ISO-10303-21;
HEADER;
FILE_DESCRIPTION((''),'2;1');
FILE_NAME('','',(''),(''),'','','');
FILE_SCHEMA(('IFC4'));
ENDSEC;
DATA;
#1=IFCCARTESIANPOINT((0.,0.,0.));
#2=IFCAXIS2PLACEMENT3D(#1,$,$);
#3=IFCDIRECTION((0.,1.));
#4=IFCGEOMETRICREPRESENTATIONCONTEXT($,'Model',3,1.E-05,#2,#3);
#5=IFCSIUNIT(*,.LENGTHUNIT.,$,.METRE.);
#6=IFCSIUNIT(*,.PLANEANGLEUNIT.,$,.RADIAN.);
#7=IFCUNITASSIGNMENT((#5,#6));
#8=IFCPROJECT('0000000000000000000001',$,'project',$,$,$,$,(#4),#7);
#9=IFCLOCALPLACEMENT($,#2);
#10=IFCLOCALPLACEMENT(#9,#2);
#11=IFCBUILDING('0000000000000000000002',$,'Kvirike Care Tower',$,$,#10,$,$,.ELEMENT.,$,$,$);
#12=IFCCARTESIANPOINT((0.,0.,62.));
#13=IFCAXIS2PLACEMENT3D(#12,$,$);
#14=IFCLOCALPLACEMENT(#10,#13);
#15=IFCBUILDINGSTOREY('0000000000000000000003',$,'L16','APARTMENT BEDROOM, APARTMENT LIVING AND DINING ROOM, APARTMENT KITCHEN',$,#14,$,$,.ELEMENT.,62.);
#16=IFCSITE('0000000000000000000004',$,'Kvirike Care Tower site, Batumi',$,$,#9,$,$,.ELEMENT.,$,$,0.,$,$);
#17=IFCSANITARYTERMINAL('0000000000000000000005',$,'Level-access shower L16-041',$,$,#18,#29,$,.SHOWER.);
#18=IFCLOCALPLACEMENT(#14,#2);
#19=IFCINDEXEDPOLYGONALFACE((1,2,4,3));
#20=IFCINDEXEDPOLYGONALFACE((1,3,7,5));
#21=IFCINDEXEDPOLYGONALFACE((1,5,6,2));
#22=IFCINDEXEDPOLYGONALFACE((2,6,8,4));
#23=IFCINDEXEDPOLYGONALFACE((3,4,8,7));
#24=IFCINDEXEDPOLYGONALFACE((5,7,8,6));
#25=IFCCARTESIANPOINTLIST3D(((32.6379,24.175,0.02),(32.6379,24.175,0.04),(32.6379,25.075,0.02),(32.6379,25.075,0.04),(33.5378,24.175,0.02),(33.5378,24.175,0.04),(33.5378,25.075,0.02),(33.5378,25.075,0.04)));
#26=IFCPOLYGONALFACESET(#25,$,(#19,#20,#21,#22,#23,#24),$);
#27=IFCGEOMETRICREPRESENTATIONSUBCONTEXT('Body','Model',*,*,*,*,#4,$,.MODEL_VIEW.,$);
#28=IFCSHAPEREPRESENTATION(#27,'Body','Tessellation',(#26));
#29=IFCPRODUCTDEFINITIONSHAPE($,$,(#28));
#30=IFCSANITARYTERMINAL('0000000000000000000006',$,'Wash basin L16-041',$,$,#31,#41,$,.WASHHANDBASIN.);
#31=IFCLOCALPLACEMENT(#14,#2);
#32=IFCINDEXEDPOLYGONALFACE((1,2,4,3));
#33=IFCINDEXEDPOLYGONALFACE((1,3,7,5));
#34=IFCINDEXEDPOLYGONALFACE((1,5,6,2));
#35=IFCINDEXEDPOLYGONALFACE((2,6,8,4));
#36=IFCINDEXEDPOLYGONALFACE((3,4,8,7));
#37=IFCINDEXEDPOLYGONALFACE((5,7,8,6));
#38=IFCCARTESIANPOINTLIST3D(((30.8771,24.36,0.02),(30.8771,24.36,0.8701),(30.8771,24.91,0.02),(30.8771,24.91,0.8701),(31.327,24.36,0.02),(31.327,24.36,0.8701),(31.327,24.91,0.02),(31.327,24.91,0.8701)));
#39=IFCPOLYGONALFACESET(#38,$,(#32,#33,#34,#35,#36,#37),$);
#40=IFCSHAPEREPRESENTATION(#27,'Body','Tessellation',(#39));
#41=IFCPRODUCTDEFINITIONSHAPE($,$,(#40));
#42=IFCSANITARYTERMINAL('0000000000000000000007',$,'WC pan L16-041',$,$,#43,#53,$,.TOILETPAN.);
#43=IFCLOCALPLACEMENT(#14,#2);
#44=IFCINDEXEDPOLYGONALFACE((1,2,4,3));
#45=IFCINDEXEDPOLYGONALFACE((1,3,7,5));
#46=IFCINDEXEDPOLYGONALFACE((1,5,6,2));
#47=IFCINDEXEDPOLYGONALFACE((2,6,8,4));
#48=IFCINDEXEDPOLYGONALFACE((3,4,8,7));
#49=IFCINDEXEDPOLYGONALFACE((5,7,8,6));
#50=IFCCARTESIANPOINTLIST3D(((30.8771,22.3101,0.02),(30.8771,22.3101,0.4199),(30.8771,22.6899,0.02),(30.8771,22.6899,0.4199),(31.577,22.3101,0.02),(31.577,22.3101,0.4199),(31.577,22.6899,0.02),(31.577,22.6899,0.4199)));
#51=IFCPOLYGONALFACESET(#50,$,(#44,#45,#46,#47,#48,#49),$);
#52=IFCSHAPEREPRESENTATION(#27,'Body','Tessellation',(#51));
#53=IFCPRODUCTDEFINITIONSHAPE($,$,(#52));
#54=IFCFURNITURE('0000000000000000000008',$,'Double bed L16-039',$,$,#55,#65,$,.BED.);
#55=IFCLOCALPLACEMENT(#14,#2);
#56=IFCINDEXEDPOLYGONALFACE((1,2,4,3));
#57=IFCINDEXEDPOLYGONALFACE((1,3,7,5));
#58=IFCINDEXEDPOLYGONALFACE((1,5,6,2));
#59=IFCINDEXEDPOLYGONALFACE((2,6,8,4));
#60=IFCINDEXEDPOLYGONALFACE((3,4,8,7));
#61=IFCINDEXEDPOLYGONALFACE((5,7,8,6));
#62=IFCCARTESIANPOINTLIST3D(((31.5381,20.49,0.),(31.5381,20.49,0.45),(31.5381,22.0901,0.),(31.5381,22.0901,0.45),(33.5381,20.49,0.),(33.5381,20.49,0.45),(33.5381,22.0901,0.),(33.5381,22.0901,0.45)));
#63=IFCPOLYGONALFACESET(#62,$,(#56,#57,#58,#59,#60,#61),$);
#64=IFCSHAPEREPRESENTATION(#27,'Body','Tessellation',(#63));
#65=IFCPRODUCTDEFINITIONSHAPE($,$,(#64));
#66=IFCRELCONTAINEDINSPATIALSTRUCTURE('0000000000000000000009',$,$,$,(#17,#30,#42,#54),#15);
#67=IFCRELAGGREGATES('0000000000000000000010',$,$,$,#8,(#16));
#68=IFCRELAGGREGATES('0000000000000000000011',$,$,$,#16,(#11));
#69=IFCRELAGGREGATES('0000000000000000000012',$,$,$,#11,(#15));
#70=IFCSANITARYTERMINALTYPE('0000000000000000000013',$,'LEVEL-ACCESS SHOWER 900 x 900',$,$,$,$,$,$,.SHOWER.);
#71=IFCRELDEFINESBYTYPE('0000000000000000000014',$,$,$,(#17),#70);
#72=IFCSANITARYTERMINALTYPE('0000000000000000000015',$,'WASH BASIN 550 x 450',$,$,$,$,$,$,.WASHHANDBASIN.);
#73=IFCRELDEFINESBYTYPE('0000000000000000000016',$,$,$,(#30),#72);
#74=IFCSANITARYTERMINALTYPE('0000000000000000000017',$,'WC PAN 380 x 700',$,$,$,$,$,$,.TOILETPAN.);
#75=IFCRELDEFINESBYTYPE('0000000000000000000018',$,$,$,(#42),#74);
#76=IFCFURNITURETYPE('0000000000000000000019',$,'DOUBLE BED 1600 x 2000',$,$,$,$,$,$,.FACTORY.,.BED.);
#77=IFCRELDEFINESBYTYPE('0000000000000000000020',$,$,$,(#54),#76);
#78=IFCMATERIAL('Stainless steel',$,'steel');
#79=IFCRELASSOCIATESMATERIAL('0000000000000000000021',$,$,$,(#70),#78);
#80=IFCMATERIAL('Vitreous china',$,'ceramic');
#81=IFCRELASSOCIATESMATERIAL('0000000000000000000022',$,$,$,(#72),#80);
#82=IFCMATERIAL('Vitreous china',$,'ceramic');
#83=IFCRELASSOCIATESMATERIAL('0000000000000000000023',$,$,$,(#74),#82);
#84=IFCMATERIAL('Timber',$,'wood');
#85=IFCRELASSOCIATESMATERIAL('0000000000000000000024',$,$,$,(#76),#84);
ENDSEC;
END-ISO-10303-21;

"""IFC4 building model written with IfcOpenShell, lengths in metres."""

from ifc_helpers import new_model, si_unit, direction, frame, origin, origin_2d, place, context, subcontext, project, spatial, rectangle, extrude, material, type_object, element, save


model = new_model("IFC4")

# Units and contexts
model_context = context("Model", 3, precision=1e-05, world=origin(), true_north=direction((0.0, 1.0)))
body_context = subcontext(model_context, "Body", "Model", "MODEL_VIEW")
ifc_project = project(units=[si_unit("LENGTHUNIT", "METRE"), si_unit("PLANEANGLEUNIT", "RADIAN")], contexts=[model_context])

# Site, building, storey
site_placement = place(None, origin())
site = spatial("IfcSite", under=ifc_project, at=site_placement, Name="Kvirike Care Tower site, Batumi", CompositionType="ELEMENT", RefElevation=0.0)
building_placement = place(site_placement, origin())
building = spatial("IfcBuilding", under=site, at=building_placement, Name="Kvirike Care Tower", CompositionType="ELEMENT")
storey_placement = place(building_placement, frame((0.0, 0.0, 62.0)))
storey = spatial("IfcBuildingStorey", under=building, at=storey_placement, Name="L16", Description="APARTMENT BEDROOM, APARTMENT LIVING AND DINING ROOM, APARTMENT KITCHEN", CompositionType="ELEMENT", Elevation=62.0)

# Sanitary terminals
ifc_material_1 = material(Name="Stainless steel", Category="steel")
sanitary_terminal_type_1 = type_object("IfcSanitaryTerminalType", Name="LEVEL-ACCESS SHOWER 900 x 900", PredefinedType="SHOWER", material=ifc_material_1)
sanitary_terminal_1_placement = place(storey_placement, frame((33.0879, 24.625, 0.02), z_axis=(0.0, 0.0, 1.0), x_axis=(0.0, -1.0, 0.0)))
element("IfcSanitaryTerminal", 1, at=sanitary_terminal_1_placement, inside=storey, type_object=sanitary_terminal_type_1, Name="Level-access shower L16-041", PredefinedType="SHOWER", context=body_context, shape_type="SweptSolid", body=[
    extrude(rectangle(XDim=0.8999, YDim=0.8999, at=origin_2d()), origin(), (0.0, 0.0, 1.0), 0.02),
])
ifc_material_2 = material(Name="Vitreous china", Category="ceramic")
sanitary_terminal_type_2 = type_object("IfcSanitaryTerminalType", Name="WASH BASIN 550 x 450", PredefinedType="WASHHANDBASIN", material=ifc_material_2)
sanitary_terminal_2_placement = place(storey_placement, frame((31.1021, 24.635, 0.02), z_axis=(0.0, 0.0, 1.0), x_axis=(0.0, 1.0, 0.0)))
element("IfcSanitaryTerminal", 2, at=sanitary_terminal_2_placement, inside=storey, type_object=sanitary_terminal_type_2, Name="Wash basin L16-041", PredefinedType="WASHHANDBASIN", context=body_context, shape_type="SweptSolid", body=[
    extrude(rectangle(XDim=0.55, YDim=0.45, at=origin_2d()), origin(), (0.0, 0.0, 1.0), 0.8501),
])
ifc_material_3 = material(Name="Vitreous china", Category="ceramic")
sanitary_terminal_type_3 = type_object("IfcSanitaryTerminalType", Name="WC PAN 380 x 700", PredefinedType="TOILETPAN", material=ifc_material_3)
sanitary_terminal_3_placement = place(storey_placement, frame((31.2271, 22.5, 0.02), z_axis=(0.0, 0.0, 1.0), x_axis=(0.0, 1.0, 0.0)))
element("IfcSanitaryTerminal", 3, at=sanitary_terminal_3_placement, inside=storey, type_object=sanitary_terminal_type_3, Name="WC pan L16-041", PredefinedType="TOILETPAN", context=body_context, shape_type="SweptSolid", body=[
    extrude(rectangle(XDim=0.3799, YDim=0.7, at=origin_2d()), origin(), (0.0, 0.0, 1.0), 0.3999),
])

# Furniture
ifc_material_4 = material(Name="Timber", Category="wood")
furniture_type = type_object("IfcFurnitureType", Name="DOUBLE BED 1600 x 2000", AssemblyPlace="FACTORY", PredefinedType="BED", material=ifc_material_4)
furniture_placement = place(storey_placement, frame((32.5381, 21.29, 0.0), z_axis=(0.0, 0.0, 1.0), x_axis=(0.0, -1.0, 0.0)))
element("IfcFurniture", 4, at=furniture_placement, inside=storey, type_object=furniture_type, Name="Double bed L16-039", PredefinedType="BED", context=body_context, shape_type="SweptSolid", body=[
    extrude(rectangle(XDim=1.6001, YDim=2.0, at=origin_2d()), origin(), (0.0, 0.0, 1.0), 0.45),
])

save(model, "model.ifc")
